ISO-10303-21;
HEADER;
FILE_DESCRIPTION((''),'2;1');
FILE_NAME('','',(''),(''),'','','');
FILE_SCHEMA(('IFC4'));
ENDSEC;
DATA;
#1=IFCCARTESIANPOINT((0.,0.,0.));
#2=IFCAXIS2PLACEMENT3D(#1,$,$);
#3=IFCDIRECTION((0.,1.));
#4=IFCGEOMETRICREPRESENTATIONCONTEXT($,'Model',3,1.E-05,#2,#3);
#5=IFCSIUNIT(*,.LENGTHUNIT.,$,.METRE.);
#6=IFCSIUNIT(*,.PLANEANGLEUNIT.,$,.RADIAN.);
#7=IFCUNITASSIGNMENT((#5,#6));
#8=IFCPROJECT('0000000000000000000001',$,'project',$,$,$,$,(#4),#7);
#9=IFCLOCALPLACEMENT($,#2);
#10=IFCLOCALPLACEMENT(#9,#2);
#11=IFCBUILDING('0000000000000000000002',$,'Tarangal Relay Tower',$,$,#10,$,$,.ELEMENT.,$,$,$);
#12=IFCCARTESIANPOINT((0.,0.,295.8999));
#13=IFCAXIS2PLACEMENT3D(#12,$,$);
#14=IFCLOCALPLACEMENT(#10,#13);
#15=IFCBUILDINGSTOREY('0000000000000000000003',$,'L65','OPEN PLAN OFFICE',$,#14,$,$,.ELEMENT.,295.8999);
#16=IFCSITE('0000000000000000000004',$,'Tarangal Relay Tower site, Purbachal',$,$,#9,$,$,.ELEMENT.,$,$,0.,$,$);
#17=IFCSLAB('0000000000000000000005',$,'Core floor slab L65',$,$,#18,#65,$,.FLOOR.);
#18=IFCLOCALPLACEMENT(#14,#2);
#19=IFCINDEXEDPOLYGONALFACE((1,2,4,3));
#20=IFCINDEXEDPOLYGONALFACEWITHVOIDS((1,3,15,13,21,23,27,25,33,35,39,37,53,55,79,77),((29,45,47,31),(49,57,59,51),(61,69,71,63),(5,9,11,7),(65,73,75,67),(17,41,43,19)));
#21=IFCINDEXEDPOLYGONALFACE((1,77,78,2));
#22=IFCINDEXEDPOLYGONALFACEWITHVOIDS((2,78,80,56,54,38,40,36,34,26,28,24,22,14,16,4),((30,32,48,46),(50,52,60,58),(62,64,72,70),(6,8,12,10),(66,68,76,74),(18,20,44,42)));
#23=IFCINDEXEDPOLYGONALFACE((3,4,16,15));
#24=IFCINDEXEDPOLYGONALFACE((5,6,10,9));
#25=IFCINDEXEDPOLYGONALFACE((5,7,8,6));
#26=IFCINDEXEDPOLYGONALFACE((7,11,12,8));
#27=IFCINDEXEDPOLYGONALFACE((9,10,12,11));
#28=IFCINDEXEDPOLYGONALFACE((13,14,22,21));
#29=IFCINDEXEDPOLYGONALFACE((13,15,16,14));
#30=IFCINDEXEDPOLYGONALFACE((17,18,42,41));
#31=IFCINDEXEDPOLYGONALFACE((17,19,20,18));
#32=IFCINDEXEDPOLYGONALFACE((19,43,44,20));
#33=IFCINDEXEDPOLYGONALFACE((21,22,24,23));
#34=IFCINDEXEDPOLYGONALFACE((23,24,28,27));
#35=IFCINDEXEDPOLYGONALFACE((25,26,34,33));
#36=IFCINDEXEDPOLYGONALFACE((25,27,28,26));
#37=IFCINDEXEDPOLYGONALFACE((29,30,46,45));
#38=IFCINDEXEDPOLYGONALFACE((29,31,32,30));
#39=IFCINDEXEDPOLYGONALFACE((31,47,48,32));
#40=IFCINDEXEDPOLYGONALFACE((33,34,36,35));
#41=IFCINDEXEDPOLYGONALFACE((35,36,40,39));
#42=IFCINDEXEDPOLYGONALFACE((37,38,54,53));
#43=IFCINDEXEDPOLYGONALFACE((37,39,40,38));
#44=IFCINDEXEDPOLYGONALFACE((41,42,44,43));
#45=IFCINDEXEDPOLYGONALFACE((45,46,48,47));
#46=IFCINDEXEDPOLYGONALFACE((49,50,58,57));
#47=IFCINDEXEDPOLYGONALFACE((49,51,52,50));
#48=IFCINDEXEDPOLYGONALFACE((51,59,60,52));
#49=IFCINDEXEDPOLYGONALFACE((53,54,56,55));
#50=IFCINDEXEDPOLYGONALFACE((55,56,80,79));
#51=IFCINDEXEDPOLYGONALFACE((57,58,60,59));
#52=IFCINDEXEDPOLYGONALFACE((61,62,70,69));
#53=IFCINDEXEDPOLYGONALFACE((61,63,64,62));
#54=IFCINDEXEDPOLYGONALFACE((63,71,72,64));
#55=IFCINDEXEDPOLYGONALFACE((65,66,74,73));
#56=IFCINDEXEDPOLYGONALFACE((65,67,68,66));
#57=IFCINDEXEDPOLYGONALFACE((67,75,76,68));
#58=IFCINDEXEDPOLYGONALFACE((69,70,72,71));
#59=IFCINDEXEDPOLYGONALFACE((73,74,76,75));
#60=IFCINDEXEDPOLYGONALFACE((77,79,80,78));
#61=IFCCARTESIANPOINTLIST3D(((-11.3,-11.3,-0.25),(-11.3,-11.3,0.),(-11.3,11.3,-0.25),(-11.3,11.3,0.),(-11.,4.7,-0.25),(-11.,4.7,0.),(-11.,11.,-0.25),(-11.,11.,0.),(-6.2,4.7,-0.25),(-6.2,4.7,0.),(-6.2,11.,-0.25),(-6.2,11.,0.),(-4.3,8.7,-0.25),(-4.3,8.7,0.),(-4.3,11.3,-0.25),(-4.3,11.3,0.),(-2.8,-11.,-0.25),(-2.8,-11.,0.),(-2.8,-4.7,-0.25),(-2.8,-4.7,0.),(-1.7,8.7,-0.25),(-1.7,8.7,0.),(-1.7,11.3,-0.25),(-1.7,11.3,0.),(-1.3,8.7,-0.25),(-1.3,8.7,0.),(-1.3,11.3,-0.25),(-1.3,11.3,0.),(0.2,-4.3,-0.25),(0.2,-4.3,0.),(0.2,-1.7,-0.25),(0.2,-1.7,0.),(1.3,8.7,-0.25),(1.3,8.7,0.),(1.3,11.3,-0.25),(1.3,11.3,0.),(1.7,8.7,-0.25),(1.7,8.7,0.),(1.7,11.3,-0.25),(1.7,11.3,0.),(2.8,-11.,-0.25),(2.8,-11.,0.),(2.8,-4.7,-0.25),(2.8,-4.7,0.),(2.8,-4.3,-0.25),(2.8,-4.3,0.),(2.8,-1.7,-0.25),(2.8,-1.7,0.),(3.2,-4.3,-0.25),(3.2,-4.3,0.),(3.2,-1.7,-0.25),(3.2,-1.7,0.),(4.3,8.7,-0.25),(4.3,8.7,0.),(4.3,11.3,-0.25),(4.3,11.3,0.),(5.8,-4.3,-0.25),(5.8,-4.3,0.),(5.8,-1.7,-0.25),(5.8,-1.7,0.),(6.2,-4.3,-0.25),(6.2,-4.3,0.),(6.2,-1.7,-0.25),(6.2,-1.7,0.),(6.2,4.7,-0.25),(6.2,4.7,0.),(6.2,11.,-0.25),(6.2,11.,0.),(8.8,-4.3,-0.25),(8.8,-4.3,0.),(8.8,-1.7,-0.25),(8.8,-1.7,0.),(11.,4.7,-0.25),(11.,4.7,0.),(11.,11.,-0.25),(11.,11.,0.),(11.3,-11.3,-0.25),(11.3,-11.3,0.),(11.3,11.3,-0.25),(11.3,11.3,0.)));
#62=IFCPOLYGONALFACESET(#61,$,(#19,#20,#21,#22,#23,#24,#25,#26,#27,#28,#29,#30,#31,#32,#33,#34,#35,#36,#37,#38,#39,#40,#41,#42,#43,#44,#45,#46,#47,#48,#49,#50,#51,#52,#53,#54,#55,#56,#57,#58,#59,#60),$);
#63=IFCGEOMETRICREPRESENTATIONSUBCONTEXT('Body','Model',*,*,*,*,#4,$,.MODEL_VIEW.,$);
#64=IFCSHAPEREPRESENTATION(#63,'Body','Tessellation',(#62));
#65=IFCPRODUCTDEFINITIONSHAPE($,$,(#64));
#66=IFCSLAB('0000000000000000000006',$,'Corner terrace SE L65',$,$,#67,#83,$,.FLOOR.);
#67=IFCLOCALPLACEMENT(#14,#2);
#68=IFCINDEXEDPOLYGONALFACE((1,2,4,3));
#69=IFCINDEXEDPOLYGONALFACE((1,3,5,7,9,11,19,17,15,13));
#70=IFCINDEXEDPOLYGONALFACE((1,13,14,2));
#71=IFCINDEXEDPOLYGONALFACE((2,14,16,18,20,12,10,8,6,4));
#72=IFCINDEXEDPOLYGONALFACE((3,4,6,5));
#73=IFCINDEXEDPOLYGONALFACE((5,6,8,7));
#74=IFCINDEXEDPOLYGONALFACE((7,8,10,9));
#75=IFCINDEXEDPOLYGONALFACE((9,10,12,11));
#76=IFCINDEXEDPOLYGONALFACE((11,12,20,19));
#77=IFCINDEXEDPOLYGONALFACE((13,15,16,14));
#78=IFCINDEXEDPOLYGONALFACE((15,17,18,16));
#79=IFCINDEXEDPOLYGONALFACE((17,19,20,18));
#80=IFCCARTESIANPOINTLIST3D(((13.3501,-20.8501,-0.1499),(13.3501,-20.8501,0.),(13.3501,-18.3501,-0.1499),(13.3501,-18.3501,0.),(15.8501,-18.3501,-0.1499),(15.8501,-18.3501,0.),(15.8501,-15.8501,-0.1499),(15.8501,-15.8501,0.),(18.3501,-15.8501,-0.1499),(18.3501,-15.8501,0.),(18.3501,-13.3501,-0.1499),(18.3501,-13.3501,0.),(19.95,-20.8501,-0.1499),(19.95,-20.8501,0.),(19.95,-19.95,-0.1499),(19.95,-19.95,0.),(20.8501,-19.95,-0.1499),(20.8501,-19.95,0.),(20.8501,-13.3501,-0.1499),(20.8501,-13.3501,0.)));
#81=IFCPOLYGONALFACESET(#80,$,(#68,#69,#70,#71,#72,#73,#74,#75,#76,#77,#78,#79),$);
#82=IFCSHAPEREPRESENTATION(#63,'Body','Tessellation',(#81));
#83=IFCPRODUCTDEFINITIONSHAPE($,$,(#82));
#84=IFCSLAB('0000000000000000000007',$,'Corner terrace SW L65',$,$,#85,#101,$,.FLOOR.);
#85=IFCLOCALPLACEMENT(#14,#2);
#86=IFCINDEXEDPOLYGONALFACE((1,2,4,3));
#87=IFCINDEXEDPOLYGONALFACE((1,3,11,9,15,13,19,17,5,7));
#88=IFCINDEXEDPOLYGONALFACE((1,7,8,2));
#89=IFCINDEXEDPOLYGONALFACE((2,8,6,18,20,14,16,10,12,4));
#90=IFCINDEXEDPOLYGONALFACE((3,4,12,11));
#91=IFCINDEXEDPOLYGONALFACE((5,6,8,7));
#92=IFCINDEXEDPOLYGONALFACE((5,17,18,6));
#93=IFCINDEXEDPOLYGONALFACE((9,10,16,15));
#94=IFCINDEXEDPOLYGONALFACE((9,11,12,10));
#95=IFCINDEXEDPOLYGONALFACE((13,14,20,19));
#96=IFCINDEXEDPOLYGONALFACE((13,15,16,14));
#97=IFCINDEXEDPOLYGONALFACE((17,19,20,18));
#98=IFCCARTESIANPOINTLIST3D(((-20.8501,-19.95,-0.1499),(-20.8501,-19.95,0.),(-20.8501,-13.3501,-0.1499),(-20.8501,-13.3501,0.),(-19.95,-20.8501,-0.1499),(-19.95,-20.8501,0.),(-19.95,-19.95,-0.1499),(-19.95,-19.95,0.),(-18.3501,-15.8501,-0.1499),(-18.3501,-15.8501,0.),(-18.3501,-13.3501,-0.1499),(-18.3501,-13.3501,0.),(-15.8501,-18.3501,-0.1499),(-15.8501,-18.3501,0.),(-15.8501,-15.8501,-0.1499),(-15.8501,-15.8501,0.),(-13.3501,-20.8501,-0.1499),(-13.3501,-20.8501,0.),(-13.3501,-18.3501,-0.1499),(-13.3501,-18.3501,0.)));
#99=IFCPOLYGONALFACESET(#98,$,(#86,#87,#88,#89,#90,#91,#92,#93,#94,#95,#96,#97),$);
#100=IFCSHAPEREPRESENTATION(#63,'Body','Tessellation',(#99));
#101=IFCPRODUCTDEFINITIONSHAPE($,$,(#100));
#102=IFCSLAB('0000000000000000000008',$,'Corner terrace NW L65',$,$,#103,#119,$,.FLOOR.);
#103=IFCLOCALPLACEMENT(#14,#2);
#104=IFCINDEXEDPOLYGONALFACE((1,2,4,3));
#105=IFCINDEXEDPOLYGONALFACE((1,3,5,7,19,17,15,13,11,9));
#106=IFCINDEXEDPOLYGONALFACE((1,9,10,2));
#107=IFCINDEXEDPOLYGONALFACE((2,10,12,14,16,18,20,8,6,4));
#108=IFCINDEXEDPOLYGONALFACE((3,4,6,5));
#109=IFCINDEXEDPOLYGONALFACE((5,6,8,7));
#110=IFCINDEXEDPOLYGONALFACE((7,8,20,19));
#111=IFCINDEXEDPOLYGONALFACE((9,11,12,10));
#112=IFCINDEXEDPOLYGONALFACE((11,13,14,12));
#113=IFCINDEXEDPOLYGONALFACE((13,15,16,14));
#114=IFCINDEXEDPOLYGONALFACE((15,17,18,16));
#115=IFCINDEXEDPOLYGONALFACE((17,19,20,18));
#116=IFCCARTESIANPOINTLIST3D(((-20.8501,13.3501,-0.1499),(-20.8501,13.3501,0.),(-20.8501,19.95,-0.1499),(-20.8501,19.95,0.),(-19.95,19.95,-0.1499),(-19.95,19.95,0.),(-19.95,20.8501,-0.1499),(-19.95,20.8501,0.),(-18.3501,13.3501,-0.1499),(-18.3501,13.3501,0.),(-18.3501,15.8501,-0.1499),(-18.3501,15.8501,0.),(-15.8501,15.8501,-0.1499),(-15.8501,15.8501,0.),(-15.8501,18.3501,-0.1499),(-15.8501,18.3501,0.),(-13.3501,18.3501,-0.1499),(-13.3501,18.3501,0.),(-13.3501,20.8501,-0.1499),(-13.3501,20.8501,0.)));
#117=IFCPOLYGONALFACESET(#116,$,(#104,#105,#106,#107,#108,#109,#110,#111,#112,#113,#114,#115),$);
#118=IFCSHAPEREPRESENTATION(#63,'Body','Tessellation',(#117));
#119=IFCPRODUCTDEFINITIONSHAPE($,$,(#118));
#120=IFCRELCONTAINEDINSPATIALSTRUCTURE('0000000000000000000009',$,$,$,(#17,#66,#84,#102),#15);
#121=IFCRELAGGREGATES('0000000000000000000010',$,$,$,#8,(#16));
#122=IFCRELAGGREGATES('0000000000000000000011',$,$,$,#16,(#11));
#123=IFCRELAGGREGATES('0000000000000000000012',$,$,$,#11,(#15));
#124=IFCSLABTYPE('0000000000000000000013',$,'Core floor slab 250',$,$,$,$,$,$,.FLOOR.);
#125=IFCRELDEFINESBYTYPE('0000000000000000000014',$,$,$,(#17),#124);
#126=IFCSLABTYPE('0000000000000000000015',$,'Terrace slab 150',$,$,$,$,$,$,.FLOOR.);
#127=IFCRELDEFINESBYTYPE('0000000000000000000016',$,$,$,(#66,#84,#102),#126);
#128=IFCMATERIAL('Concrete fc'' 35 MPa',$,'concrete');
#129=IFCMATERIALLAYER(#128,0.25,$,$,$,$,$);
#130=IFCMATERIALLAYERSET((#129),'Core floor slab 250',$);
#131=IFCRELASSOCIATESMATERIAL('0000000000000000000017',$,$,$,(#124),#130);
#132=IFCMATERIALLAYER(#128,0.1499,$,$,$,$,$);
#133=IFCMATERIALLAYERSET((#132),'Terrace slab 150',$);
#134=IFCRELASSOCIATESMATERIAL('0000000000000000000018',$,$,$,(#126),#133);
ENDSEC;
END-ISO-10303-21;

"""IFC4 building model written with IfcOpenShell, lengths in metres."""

from ifc_helpers import new_model, si_unit, direction, frame, origin, place, context, subcontext, project, spatial, polyline, outline, extrude, material, layer, layer_set, type_object, element, save


model = new_model("IFC4")

# Units and contexts
model_context = context("Model", 3, precision=1e-05, world=origin(), true_north=direction((0.0, 1.0)))
body_context = subcontext(model_context, "Body", "Model", "MODEL_VIEW")
ifc_project = project(units=[si_unit("LENGTHUNIT", "METRE"), si_unit("PLANEANGLEUNIT", "RADIAN")], contexts=[model_context])

# Site, building, storey
site_placement = place(None, origin())
site = spatial("IfcSite", under=ifc_project, at=site_placement, Name="Tarangal Relay Tower site, Purbachal", CompositionType="ELEMENT", RefElevation=0.0)
building_placement = place(site_placement, origin())
building = spatial("IfcBuilding", under=site, at=building_placement, Name="Tarangal Relay Tower", CompositionType="ELEMENT")
storey_placement = place(building_placement, frame((0.0, 0.0, 295.8999)))
storey = spatial("IfcBuildingStorey", under=building, at=storey_placement, Name="L65", Description="OPEN PLAN OFFICE", CompositionType="ELEMENT", Elevation=295.8999)

# Slabs
ifc_material_1 = material(Name="Concrete fc' 35 MPa", Category="concrete")
ifc_layer_1 = layer(ifc_material_1, 0.25)
ifc_layer_set_1 = layer_set([ifc_layer_1], Name="Core floor slab 250")
slab_type_1 = type_object("IfcSlabType", Name="Core floor slab 250", PredefinedType="FLOOR", material=ifc_layer_set_1)
slab_1_placement = place(storey_placement, frame((0.0, 0.0, -0.25)))
element("IfcSlab", 1, at=slab_1_placement, inside=storey, type_object=slab_type_1, Name="Core floor slab L65", PredefinedType="FLOOR", context=body_context, shape_type="SweptSolid", body=[
    extrude(outline(polyline([(11.3, 11.3), (11.3, -11.3), (-11.3, -11.3), (-11.3, 11.3), (-4.3, 11.3), (-4.3, 8.7), (-1.7, 8.7), (-1.7, 11.3), (-1.3, 11.3), (-1.3, 8.7), (1.3, 8.7), (1.3, 11.3), (1.7, 11.3), (1.7, 8.7), (4.3, 8.7), (4.3, 11.3), (11.3, 11.3)]), holes=[polyline([(2.8, -4.7), (-2.8, -4.7), (-2.8, -11.0), (2.8, -11.0), (2.8, -4.7)]), polyline([(2.8, -1.7), (0.2, -1.7), (0.2, -4.3), (2.8, -4.3), (2.8, -1.7)]), polyline([(5.8, -1.7), (3.2, -1.7), (3.2, -4.3), (5.8, -4.3), (5.8, -1.7)]), polyline([(8.8, -1.7), (6.2, -1.7), (6.2, -4.3), (8.8, -4.3), (8.8, -1.7)]), polyline([(-6.2, 11.0), (-11.0, 11.0), (-11.0, 4.7), (-6.2, 4.7), (-6.2, 11.0)]), polyline([(11.0, 11.0), (6.2, 11.0), (6.2, 4.7), (11.0, 4.7), (11.0, 11.0)])]), origin(), (0.0, 0.0, 1.0), 0.25),
])
ifc_layer_2 = layer(ifc_material_1, 0.1499)
ifc_layer_set_2 = layer_set([ifc_layer_2], Name="Terrace slab 150")
slab_type_2 = type_object("IfcSlabType", Name="Terrace slab 150", PredefinedType="FLOOR", material=ifc_layer_set_2)
slab_2_placement = place(storey_placement, frame((0.0, 0.0, -0.1499)))
element("IfcSlab", 2, at=slab_2_placement, inside=storey, type_object=slab_type_2, Name="Corner terrace SE L65", PredefinedType="FLOOR", context=body_context, shape_type="SweptSolid", body=[
    extrude(outline(polyline([(20.8501, -13.3501), (18.3501, -13.3501), (18.3501, -15.8501), (15.8501, -15.8501), (15.8501, -18.3501), (13.3501, -18.3501), (13.3501, -20.8501), (19.95, -20.8501), (19.95, -19.95), (20.8501, -19.95), (20.8501, -13.3501)])), origin(), (0.0, 0.0, 1.0), 0.1499),
])
slab_3_placement = place(storey_placement, frame((0.0, 0.0, -0.1499)))
element("IfcSlab", 3, at=slab_3_placement, inside=storey, type_object=slab_type_2, Name="Corner terrace SW L65", PredefinedType="FLOOR", context=body_context, shape_type="SweptSolid", body=[
    extrude(outline(polyline([(-13.3501, -20.8501), (-13.3501, -18.3501), (-15.8501, -18.3501), (-15.8501, -15.8501), (-18.3501, -15.8501), (-18.3501, -13.3501), (-20.8501, -13.3501), (-20.8501, -19.95), (-19.95, -19.95), (-19.95, -20.8501), (-13.3501, -20.8501)])), origin(), (0.0, 0.0, 1.0), 0.1499),
])
slab_4_placement = place(storey_placement, frame((0.0, 0.0, -0.1499)))
element("IfcSlab", 4, at=slab_4_placement, inside=storey, type_object=slab_type_2, Name="Corner terrace NW L65", PredefinedType="FLOOR", context=body_context, shape_type="SweptSolid", body=[
    extrude(outline(polyline([(-20.8501, 13.3501), (-18.3501, 13.3501), (-18.3501, 15.8501), (-15.8501, 15.8501), (-15.8501, 18.3501), (-13.3501, 18.3501), (-13.3501, 20.8501), (-19.95, 20.8501), (-19.95, 19.95), (-20.8501, 19.95), (-20.8501, 13.3501)])), origin(), (0.0, 0.0, 1.0), 0.1499),
])

save(model, "model.ifc")
